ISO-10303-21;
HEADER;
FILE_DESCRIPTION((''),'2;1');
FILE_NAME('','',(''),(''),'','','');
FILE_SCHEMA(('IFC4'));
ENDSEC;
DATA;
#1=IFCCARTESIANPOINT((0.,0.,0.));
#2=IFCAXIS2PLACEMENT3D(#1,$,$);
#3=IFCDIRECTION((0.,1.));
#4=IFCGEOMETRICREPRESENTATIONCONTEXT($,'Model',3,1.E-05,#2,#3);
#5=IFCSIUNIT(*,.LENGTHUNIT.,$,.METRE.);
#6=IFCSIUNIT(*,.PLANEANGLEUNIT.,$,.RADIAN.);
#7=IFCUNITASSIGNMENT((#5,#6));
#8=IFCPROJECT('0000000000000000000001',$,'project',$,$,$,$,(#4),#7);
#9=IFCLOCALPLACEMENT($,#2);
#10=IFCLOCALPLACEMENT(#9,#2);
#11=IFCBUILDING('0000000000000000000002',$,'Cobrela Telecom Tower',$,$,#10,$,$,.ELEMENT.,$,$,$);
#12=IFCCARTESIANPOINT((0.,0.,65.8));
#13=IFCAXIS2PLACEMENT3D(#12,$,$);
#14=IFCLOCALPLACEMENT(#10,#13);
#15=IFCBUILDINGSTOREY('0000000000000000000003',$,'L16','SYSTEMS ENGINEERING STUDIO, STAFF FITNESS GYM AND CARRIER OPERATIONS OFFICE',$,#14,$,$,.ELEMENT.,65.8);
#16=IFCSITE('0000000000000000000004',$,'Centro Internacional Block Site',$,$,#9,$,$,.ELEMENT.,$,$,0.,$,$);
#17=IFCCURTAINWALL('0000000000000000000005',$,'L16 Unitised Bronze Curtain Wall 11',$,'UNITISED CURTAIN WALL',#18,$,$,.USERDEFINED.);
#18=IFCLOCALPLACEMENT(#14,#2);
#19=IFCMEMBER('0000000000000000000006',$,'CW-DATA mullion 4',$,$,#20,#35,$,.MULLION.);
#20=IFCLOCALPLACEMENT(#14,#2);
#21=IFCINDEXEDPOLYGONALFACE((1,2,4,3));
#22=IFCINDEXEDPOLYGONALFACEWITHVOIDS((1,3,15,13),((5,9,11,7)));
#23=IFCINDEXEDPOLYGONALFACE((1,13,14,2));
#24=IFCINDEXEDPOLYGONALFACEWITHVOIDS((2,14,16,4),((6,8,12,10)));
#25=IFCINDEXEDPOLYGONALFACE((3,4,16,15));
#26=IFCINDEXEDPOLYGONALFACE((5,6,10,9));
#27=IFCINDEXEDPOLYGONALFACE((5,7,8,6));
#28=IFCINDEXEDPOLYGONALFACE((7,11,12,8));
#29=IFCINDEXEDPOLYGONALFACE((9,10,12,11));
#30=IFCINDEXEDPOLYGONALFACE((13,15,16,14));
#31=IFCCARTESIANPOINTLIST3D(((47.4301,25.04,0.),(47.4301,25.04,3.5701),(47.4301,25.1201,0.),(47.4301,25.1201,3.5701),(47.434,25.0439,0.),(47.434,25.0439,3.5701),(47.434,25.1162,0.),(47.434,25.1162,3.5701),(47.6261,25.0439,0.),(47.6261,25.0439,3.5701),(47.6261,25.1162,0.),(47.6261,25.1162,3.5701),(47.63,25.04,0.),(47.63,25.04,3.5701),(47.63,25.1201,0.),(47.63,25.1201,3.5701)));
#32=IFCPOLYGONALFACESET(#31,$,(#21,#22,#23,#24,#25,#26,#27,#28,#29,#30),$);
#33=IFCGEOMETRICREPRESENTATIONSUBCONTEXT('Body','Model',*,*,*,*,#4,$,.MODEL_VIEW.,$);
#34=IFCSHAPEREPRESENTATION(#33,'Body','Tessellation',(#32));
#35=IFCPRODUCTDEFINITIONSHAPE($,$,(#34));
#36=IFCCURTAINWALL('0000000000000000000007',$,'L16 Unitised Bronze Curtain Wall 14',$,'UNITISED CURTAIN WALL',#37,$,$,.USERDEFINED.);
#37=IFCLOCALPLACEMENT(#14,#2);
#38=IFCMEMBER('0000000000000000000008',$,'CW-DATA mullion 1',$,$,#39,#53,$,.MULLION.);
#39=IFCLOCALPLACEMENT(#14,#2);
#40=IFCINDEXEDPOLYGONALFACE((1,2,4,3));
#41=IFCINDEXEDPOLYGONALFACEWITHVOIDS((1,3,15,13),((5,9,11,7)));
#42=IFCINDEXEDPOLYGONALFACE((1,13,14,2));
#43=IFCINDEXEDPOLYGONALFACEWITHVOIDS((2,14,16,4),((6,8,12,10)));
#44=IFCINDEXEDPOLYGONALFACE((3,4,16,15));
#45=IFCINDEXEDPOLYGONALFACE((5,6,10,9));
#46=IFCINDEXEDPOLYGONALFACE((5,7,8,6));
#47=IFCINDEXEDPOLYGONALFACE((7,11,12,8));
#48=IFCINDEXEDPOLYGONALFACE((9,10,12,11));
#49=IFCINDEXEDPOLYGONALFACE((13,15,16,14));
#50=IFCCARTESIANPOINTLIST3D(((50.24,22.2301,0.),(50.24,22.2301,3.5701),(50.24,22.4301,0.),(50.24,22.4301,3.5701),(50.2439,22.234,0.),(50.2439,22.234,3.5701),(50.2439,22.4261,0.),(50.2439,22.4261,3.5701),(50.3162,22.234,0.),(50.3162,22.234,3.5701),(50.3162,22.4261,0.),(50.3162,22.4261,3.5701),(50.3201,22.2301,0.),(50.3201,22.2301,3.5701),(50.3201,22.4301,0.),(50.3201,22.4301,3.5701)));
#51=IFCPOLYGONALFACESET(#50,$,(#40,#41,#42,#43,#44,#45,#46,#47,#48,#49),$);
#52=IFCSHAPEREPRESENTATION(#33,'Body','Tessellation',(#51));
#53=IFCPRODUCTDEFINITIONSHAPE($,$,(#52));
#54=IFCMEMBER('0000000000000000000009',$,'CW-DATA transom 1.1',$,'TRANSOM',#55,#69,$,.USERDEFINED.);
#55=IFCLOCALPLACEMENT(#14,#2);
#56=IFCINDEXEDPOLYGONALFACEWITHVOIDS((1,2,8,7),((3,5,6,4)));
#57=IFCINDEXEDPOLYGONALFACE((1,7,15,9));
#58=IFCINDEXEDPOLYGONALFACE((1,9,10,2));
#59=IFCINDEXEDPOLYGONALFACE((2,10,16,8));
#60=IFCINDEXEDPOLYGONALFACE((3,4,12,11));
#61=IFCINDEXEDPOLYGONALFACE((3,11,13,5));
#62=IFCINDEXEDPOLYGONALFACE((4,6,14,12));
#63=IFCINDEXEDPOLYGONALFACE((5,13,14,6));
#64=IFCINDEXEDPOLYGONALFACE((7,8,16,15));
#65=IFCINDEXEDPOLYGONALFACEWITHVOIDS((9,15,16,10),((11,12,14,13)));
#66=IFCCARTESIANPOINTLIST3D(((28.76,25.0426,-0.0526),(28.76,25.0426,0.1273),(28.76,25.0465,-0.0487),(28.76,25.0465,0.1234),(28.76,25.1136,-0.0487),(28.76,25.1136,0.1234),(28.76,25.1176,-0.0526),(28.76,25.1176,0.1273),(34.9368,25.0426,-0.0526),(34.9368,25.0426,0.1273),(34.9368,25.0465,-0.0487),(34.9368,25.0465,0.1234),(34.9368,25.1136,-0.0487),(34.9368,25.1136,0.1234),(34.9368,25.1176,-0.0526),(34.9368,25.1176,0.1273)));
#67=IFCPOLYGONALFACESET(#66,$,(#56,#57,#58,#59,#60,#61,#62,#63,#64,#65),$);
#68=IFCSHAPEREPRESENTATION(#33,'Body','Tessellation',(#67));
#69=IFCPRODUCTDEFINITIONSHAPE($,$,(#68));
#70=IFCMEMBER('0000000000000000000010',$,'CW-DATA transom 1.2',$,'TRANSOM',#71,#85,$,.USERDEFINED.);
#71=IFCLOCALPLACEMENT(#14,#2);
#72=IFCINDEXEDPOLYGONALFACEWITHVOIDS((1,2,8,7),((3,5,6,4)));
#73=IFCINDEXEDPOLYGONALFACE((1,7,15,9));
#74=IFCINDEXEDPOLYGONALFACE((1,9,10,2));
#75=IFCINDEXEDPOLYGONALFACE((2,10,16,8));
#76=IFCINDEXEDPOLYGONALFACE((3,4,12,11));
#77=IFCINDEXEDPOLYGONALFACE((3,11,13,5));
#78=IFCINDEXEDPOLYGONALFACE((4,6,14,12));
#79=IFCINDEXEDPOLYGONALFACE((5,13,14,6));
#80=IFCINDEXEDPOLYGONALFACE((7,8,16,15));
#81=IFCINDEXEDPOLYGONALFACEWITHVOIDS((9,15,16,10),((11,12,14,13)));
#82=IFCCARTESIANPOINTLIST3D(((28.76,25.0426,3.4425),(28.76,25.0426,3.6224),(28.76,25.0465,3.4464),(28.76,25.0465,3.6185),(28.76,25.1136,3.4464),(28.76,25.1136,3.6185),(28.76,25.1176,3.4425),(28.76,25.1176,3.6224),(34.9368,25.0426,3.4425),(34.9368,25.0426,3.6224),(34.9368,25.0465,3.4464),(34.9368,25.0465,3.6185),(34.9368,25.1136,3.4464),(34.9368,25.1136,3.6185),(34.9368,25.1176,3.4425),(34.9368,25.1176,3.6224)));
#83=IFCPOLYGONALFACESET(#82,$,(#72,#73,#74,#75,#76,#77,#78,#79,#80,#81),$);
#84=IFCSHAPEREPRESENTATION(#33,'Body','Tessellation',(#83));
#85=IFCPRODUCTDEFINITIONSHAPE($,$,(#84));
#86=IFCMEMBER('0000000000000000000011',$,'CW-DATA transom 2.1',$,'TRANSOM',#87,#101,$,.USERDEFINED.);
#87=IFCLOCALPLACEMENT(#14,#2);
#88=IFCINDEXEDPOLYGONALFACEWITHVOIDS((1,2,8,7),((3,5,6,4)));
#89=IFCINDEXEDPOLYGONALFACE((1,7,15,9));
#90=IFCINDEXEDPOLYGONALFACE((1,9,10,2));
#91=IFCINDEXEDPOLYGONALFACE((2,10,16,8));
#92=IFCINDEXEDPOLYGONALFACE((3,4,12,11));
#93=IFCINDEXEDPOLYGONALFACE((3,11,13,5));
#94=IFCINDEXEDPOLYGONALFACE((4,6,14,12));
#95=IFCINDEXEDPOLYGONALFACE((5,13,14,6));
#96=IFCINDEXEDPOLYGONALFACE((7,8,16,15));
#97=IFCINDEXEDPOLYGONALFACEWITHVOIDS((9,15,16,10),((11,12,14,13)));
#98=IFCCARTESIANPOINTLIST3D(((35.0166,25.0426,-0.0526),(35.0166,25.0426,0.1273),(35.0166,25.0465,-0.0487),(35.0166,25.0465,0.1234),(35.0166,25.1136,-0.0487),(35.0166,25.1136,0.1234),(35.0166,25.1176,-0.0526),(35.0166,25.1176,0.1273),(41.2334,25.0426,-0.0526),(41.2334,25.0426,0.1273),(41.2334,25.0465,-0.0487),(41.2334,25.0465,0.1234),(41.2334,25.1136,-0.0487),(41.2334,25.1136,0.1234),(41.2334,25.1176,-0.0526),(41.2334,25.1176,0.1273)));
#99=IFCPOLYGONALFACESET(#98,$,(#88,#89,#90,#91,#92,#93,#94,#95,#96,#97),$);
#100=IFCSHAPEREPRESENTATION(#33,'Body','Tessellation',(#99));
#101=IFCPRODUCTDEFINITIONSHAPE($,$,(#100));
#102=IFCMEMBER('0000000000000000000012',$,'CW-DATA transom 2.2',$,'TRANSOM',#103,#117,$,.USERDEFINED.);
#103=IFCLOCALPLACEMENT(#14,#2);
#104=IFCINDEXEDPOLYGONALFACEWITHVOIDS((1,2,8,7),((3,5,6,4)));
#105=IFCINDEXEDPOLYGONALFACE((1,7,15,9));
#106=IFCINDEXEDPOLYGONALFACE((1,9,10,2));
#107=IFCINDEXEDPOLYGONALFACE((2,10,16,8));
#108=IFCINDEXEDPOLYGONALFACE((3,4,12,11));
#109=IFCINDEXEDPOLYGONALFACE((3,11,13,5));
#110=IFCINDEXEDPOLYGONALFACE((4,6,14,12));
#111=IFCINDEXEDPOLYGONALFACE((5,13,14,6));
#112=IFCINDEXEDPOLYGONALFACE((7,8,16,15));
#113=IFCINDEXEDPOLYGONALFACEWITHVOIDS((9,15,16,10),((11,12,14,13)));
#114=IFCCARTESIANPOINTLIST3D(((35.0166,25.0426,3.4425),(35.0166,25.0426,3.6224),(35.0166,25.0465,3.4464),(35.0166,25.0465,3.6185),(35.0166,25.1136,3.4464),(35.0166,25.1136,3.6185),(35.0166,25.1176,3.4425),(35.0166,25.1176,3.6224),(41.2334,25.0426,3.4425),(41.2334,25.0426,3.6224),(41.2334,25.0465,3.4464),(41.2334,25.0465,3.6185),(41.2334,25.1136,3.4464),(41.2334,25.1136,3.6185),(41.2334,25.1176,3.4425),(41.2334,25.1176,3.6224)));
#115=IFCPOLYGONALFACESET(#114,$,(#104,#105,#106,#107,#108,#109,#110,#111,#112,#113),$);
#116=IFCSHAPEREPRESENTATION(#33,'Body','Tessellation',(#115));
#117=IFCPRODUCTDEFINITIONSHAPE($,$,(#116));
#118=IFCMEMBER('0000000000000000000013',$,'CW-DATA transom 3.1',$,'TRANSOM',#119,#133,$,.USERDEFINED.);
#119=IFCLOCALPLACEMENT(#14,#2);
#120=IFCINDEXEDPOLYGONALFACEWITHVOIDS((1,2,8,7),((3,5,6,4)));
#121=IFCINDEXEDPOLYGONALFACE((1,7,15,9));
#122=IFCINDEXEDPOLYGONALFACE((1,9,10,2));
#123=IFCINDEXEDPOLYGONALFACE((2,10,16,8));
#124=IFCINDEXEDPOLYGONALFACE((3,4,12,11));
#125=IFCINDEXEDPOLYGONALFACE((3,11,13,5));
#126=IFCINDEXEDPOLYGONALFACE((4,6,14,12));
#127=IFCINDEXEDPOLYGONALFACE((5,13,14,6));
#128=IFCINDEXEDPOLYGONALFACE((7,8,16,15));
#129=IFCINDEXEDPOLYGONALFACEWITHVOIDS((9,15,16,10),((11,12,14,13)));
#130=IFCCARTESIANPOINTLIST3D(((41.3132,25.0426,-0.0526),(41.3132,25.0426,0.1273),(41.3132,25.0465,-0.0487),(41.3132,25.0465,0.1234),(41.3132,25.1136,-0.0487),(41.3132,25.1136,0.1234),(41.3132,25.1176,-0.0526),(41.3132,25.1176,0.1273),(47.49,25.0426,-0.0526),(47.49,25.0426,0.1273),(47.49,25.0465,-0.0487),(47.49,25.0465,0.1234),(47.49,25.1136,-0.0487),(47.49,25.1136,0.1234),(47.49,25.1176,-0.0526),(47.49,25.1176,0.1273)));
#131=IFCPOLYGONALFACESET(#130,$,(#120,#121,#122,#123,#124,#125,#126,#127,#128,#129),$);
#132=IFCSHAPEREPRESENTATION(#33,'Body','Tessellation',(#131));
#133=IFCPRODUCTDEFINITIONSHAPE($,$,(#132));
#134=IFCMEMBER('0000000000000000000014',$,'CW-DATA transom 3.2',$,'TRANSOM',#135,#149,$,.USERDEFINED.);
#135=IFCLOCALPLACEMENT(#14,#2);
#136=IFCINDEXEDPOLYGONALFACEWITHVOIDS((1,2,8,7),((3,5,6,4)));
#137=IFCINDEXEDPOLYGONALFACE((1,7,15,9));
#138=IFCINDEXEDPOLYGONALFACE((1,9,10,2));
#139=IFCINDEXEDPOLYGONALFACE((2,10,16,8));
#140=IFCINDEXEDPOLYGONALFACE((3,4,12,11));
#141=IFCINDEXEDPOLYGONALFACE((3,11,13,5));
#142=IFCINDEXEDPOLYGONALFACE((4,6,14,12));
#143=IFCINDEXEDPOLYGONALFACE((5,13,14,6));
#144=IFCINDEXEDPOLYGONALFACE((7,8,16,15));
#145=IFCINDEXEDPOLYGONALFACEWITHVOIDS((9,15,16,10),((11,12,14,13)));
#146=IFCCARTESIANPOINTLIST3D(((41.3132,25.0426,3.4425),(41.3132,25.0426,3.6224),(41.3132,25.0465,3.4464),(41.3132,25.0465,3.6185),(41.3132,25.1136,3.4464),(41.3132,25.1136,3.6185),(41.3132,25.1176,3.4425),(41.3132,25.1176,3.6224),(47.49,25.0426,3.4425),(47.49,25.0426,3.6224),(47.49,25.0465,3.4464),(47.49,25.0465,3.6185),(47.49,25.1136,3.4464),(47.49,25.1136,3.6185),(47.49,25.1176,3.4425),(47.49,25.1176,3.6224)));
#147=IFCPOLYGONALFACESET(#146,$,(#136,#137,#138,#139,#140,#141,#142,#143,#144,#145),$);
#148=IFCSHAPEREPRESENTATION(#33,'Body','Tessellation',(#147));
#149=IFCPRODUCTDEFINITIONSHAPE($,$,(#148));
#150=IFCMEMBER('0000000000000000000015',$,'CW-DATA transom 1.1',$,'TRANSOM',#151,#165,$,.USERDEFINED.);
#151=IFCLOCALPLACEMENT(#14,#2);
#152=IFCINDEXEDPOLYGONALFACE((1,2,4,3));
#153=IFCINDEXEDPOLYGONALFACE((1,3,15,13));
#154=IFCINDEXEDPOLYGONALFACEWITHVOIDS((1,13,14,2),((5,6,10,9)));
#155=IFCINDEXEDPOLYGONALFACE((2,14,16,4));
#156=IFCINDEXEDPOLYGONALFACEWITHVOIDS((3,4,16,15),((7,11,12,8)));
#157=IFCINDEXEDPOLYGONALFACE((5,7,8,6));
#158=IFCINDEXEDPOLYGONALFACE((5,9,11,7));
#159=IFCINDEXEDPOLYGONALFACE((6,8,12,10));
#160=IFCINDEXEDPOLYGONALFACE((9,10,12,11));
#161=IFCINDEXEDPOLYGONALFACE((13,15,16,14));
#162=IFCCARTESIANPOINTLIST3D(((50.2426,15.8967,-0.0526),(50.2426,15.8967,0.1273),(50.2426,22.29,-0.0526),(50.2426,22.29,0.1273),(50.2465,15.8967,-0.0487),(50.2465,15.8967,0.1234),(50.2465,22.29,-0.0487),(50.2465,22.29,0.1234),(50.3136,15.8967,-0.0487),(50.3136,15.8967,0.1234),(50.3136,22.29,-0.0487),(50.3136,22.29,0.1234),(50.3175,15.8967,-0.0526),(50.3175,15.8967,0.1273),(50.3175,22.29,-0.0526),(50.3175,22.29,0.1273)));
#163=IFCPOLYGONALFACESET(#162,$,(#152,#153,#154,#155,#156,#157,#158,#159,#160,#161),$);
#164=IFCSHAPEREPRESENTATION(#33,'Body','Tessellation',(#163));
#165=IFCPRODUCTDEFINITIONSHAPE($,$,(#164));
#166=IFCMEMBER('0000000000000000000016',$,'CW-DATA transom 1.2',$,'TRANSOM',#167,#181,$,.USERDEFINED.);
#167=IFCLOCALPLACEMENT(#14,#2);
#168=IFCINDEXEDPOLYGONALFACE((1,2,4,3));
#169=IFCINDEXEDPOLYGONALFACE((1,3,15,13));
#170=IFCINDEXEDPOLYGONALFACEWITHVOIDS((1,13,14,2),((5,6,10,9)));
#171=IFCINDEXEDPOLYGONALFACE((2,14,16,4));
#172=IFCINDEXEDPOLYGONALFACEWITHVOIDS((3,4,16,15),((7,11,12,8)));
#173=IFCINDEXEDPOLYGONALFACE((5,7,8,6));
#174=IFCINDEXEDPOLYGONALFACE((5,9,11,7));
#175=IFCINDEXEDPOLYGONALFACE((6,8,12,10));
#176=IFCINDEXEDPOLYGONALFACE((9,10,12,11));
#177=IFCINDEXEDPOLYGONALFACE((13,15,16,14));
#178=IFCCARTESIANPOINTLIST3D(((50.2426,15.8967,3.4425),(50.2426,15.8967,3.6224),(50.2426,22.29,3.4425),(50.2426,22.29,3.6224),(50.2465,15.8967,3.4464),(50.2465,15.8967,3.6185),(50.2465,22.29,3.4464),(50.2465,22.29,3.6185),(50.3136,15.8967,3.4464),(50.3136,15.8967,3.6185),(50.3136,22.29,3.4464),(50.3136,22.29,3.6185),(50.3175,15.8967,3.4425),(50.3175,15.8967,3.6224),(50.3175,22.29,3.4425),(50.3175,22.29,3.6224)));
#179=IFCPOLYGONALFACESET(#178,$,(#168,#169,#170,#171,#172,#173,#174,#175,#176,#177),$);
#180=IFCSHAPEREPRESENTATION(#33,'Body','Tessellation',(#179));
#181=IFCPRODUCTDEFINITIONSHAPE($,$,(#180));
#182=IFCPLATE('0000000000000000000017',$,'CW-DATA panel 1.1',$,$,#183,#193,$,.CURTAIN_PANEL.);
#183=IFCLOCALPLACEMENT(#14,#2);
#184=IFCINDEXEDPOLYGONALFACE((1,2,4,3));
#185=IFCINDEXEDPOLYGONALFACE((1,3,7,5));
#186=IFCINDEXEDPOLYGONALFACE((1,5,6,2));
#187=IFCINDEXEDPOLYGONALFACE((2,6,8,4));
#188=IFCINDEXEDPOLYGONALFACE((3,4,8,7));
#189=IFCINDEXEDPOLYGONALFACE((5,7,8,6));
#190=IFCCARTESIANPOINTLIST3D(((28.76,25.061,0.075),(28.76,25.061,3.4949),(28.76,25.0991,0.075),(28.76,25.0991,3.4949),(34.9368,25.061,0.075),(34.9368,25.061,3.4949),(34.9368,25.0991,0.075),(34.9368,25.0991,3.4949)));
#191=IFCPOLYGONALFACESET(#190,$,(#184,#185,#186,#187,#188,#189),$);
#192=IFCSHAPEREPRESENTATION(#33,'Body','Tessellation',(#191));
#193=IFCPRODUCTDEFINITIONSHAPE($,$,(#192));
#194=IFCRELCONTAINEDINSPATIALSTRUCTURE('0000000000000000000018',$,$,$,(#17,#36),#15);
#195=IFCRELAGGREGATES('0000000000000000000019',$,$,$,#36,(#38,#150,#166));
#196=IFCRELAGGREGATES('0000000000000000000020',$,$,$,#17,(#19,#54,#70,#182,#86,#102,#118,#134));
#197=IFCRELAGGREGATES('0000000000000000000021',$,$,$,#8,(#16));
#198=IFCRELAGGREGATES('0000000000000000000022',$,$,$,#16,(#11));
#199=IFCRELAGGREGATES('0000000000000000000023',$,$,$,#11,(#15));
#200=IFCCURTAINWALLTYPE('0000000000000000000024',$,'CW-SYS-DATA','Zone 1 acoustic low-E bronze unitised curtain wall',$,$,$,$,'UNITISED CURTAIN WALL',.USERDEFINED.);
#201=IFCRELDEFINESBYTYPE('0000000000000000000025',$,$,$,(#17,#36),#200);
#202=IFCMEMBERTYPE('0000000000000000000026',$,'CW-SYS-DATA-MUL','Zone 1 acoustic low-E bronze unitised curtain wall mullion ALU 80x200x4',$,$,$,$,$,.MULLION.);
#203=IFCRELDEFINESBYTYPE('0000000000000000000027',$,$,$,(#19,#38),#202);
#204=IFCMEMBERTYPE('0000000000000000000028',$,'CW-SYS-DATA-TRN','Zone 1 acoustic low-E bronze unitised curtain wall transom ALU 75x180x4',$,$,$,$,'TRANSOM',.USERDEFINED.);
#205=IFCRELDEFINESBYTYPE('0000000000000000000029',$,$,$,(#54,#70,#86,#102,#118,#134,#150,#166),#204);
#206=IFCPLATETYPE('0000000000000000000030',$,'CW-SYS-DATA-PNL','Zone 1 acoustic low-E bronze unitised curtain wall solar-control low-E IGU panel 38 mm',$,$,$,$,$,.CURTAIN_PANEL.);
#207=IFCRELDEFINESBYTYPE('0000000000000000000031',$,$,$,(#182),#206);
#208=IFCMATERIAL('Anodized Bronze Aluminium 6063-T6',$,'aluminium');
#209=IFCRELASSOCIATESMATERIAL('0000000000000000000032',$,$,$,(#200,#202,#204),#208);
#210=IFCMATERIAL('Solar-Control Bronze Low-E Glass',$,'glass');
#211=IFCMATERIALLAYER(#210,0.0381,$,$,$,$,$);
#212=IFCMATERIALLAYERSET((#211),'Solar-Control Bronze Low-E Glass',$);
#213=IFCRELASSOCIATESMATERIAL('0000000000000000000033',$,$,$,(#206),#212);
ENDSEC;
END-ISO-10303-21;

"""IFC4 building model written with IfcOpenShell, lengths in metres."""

from ifc_helpers import new_model, si_unit, direction, frame, origin, origin_2d, place, context, subcontext, project, spatial, rectangle, hollow_rectangle, extrude, material, layer, layer_set, material_profile, profile_set, type_object, element, aggregate, save


model = new_model("IFC4")

# Units and contexts
model_context = context("Model", 3, precision=1e-05, world=origin(), true_north=direction((0.0, 1.0)))
body_context = subcontext(model_context, "Body", "Model", "MODEL_VIEW")
ifc_project = project(units=[si_unit("LENGTHUNIT", "METRE"), si_unit("PLANEANGLEUNIT", "RADIAN")], contexts=[model_context])

# Site, building, storey
site_placement = place(None, origin())
site = spatial("IfcSite", under=ifc_project, at=site_placement, Name="Centro Internacional Block Site", CompositionType="ELEMENT", RefElevation=0.0)
building_placement = place(site_placement, origin())
building = spatial("IfcBuilding", under=site, at=building_placement, Name="Cobrela Telecom Tower", CompositionType="ELEMENT")
storey_placement = place(building_placement, frame((0.0, 0.0, 65.8)))
storey = spatial("IfcBuildingStorey", under=building, at=storey_placement, Name="L16", Description="SYSTEMS ENGINEERING STUDIO, STAFF FITNESS GYM AND CARRIER OPERATIONS OFFICE", CompositionType="ELEMENT", Elevation=65.8)

# Shared definitions
ifc_material_1 = material(Name="Anodized Bronze Aluminium 6063-T6", Category="aluminium")
curtain_wall_type = type_object("IfcCurtainWallType", Name="CW-SYS-DATA", Description="Zone 1 acoustic low-E bronze unitised curtain wall", ElementType="UNITISED CURTAIN WALL", PredefinedType="USERDEFINED", material=ifc_material_1)
ifc_material_profile_1 = material_profile(ifc_material_1, hollow_rectangle(XDim=0.0801, YDim=0.2, WallThickness=0.0039, at=origin_2d()), Name="ALU 80x200x4")
ifc_profile_set_1 = profile_set([ifc_material_profile_1], Name="Anodized Bronze Aluminium 6063-T6")
member_type_1 = type_object("IfcMemberType", Name="CW-SYS-DATA-MUL", Description="Zone 1 acoustic low-E bronze unitised curtain wall mullion ALU 80x200x4", PredefinedType="MULLION", material=ifc_profile_set_1)

# Curtain wall, member
curtain_wall_1_placement = place(storey_placement, origin())
curtain_wall_1 = element("IfcCurtainWall", 1, at=curtain_wall_1_placement, inside=storey, type_object=curtain_wall_type, Name="L16 Unitised Bronze Curtain Wall 11", ObjectType="UNITISED CURTAIN WALL", PredefinedType="USERDEFINED")
member_1_placement = place(storey_placement, frame((47.53, 25.0801, 0.0), z_axis=(0.0, 0.0, 1.0), x_axis=(0.0, 1.0, 0.0)))
member_1 = element("IfcMember", 2, at=member_1_placement, type_object=member_type_1, Name="CW-DATA mullion 4", PredefinedType="MULLION", context=body_context, shape_type="SweptSolid", body=[
    extrude(hollow_rectangle(XDim=0.0801, YDim=0.2, WallThickness=0.0039, at=origin_2d()), origin(), (0.0, 0.0, 1.0), 3.5701),
])

# Curtain wall, member
curtain_wall_2_placement = place(storey_placement, origin())
curtain_wall_2 = element("IfcCurtainWall", 3, at=curtain_wall_2_placement, inside=storey, type_object=curtain_wall_type, Name="L16 Unitised Bronze Curtain Wall 14", ObjectType="UNITISED CURTAIN WALL", PredefinedType="USERDEFINED")
member_2_placement = place(storey_placement, frame((50.28, 22.3301, 0.0), z_axis=(0.0, 0.0, 1.0), x_axis=(1.0, 0.0, 0.0)))
member_2 = element("IfcMember", 4, at=member_2_placement, type_object=member_type_1, Name="CW-DATA mullion 1", PredefinedType="MULLION", context=body_context, shape_type="SweptSolid", body=[
    extrude(hollow_rectangle(XDim=0.0801, YDim=0.2, WallThickness=0.0039, at=origin_2d()), origin(), (0.0, 0.0, 1.0), 3.5701),
])

# Members
ifc_material_profile_2 = material_profile(ifc_material_1, hollow_rectangle(XDim=0.075, YDim=0.1799, WallThickness=0.0039, at=origin_2d()), Name="ALU 75x180x4")
ifc_profile_set_2 = profile_set([ifc_material_profile_2], Name="Anodized Bronze Aluminium 6063-T6")
member_type_2 = type_object("IfcMemberType", Name="CW-SYS-DATA-TRN", Description="Zone 1 acoustic low-E bronze unitised curtain wall transom ALU 75x180x4", ElementType="TRANSOM", PredefinedType="USERDEFINED", material=ifc_profile_set_2)
member_3_placement = place(storey_placement, frame((28.76, 25.0801, 0.0374), z_axis=(1.0, 0.0, 0.0), x_axis=(0.0, 1.0, 0.0)))
member_3 = element("IfcMember", 5, at=member_3_placement, type_object=member_type_2, Name="CW-DATA transom 1.1", ObjectType="TRANSOM", PredefinedType="USERDEFINED", context=body_context, shape_type="SweptSolid", body=[
    extrude(hollow_rectangle(XDim=0.075, YDim=0.1799, WallThickness=0.0039, at=origin_2d()), origin(), (0.0, 0.0, 1.0), 6.1768),
])
member_4_placement = place(storey_placement, frame((28.76, 25.0801, 3.5325), z_axis=(1.0, 0.0, 0.0), x_axis=(0.0, 1.0, 0.0)))
member_4 = element("IfcMember", 6, at=member_4_placement, type_object=member_type_2, Name="CW-DATA transom 1.2", ObjectType="TRANSOM", PredefinedType="USERDEFINED", context=body_context, shape_type="SweptSolid", body=[
    extrude(hollow_rectangle(XDim=0.075, YDim=0.1799, WallThickness=0.0039, at=origin_2d()), origin(), (0.0, 0.0, 1.0), 6.1768),
])
member_5_placement = place(storey_placement, frame((35.0166, 25.0801, 0.0374), z_axis=(1.0, 0.0, 0.0), x_axis=(0.0, 1.0, 0.0)))
member_5 = element("IfcMember", 7, at=member_5_placement, type_object=member_type_2, Name="CW-DATA transom 2.1", ObjectType="TRANSOM", PredefinedType="USERDEFINED", context=body_context, shape_type="SweptSolid", body=[
    extrude(hollow_rectangle(XDim=0.075, YDim=0.1799, WallThickness=0.0039, at=origin_2d()), origin(), (0.0, 0.0, 1.0), 6.2168),
])
member_6_placement = place(storey_placement, frame((35.0166, 25.0801, 3.5325), z_axis=(1.0, 0.0, 0.0), x_axis=(0.0, 1.0, 0.0)))
member_6 = element("IfcMember", 8, at=member_6_placement, type_object=member_type_2, Name="CW-DATA transom 2.2", ObjectType="TRANSOM", PredefinedType="USERDEFINED", context=body_context, shape_type="SweptSolid", body=[
    extrude(hollow_rectangle(XDim=0.075, YDim=0.1799, WallThickness=0.0039, at=origin_2d()), origin(), (0.0, 0.0, 1.0), 6.2168),
])
member_7_placement = place(storey_placement, frame((41.3132, 25.0801, 0.0374), z_axis=(1.0, 0.0, 0.0), x_axis=(0.0, 1.0, 0.0)))
member_7 = element("IfcMember", 9, at=member_7_placement, type_object=member_type_2, Name="CW-DATA transom 3.1", ObjectType="TRANSOM", PredefinedType="USERDEFINED", context=body_context, shape_type="SweptSolid", body=[
    extrude(hollow_rectangle(XDim=0.075, YDim=0.1799, WallThickness=0.0039, at=origin_2d()), origin(), (0.0, 0.0, 1.0), 6.1768),
])
member_8_placement = place(storey_placement, frame((41.3132, 25.0801, 3.5325), z_axis=(1.0, 0.0, 0.0), x_axis=(0.0, 1.0, 0.0)))
member_8 = element("IfcMember", 10, at=member_8_placement, type_object=member_type_2, Name="CW-DATA transom 3.2", ObjectType="TRANSOM", PredefinedType="USERDEFINED", context=body_context, shape_type="SweptSolid", body=[
    extrude(hollow_rectangle(XDim=0.075, YDim=0.1799, WallThickness=0.0039, at=origin_2d()), origin(), (0.0, 0.0, 1.0), 6.1768),
])
member_9_placement = place(storey_placement, frame((50.28, 22.29, 0.0374), z_axis=(0.0, -1.0, 0.0), x_axis=(1.0, 0.0, 0.0)))
member_9 = element("IfcMember", 11, at=member_9_placement, type_object=member_type_2, Name="CW-DATA transom 1.1", ObjectType="TRANSOM", PredefinedType="USERDEFINED", context=body_context, shape_type="SweptSolid", body=[
    extrude(hollow_rectangle(XDim=0.075, YDim=0.1799, WallThickness=0.0039, at=origin_2d()), origin(), (0.0, 0.0, 1.0), 6.3933),
])
member_10_placement = place(storey_placement, frame((50.28, 22.29, 3.5325), z_axis=(0.0, -1.0, 0.0), x_axis=(1.0, 0.0, 0.0)))
member_10 = element("IfcMember", 12, at=member_10_placement, type_object=member_type_2, Name="CW-DATA transom 1.2", ObjectType="TRANSOM", PredefinedType="USERDEFINED", context=body_context, shape_type="SweptSolid", body=[
    extrude(hollow_rectangle(XDim=0.075, YDim=0.1799, WallThickness=0.0039, at=origin_2d()), origin(), (0.0, 0.0, 1.0), 6.3933),
])
aggregate(curtain_wall_2, [member_2, member_9, member_10])

# Plate
ifc_material_2 = material(Name="Solar-Control Bronze Low-E Glass", Category="glass")
ifc_layer_1 = layer(ifc_material_2, 0.0381)
ifc_layer_set_1 = layer_set([ifc_layer_1], Name="Solar-Control Bronze Low-E Glass")
plate_type = type_object("IfcPlateType", Name="CW-SYS-DATA-PNL", Description="Zone 1 acoustic low-E bronze unitised curtain wall solar-control low-E IGU panel 38 mm", PredefinedType="CURTAIN_PANEL", material=ifc_layer_set_1)
plate_1_placement = place(storey_placement, frame((31.8484, 25.0801, 0.075), z_axis=(0.0, 0.0, 1.0), x_axis=(1.0, 0.0, 0.0)))
plate_1 = element("IfcPlate", 13, at=plate_1_placement, type_object=plate_type, Name="CW-DATA panel 1.1", PredefinedType="CURTAIN_PANEL", context=body_context, shape_type="SweptSolid", body=[
    extrude(rectangle(XDim=6.1768, YDim=0.0381, at=origin_2d()), origin(), (0.0, 0.0, 1.0), 3.4199),
])
aggregate(curtain_wall_1, [member_1, member_3, member_4, plate_1, member_5, member_6, member_7, member_8])

save(model, "model.ifc")
